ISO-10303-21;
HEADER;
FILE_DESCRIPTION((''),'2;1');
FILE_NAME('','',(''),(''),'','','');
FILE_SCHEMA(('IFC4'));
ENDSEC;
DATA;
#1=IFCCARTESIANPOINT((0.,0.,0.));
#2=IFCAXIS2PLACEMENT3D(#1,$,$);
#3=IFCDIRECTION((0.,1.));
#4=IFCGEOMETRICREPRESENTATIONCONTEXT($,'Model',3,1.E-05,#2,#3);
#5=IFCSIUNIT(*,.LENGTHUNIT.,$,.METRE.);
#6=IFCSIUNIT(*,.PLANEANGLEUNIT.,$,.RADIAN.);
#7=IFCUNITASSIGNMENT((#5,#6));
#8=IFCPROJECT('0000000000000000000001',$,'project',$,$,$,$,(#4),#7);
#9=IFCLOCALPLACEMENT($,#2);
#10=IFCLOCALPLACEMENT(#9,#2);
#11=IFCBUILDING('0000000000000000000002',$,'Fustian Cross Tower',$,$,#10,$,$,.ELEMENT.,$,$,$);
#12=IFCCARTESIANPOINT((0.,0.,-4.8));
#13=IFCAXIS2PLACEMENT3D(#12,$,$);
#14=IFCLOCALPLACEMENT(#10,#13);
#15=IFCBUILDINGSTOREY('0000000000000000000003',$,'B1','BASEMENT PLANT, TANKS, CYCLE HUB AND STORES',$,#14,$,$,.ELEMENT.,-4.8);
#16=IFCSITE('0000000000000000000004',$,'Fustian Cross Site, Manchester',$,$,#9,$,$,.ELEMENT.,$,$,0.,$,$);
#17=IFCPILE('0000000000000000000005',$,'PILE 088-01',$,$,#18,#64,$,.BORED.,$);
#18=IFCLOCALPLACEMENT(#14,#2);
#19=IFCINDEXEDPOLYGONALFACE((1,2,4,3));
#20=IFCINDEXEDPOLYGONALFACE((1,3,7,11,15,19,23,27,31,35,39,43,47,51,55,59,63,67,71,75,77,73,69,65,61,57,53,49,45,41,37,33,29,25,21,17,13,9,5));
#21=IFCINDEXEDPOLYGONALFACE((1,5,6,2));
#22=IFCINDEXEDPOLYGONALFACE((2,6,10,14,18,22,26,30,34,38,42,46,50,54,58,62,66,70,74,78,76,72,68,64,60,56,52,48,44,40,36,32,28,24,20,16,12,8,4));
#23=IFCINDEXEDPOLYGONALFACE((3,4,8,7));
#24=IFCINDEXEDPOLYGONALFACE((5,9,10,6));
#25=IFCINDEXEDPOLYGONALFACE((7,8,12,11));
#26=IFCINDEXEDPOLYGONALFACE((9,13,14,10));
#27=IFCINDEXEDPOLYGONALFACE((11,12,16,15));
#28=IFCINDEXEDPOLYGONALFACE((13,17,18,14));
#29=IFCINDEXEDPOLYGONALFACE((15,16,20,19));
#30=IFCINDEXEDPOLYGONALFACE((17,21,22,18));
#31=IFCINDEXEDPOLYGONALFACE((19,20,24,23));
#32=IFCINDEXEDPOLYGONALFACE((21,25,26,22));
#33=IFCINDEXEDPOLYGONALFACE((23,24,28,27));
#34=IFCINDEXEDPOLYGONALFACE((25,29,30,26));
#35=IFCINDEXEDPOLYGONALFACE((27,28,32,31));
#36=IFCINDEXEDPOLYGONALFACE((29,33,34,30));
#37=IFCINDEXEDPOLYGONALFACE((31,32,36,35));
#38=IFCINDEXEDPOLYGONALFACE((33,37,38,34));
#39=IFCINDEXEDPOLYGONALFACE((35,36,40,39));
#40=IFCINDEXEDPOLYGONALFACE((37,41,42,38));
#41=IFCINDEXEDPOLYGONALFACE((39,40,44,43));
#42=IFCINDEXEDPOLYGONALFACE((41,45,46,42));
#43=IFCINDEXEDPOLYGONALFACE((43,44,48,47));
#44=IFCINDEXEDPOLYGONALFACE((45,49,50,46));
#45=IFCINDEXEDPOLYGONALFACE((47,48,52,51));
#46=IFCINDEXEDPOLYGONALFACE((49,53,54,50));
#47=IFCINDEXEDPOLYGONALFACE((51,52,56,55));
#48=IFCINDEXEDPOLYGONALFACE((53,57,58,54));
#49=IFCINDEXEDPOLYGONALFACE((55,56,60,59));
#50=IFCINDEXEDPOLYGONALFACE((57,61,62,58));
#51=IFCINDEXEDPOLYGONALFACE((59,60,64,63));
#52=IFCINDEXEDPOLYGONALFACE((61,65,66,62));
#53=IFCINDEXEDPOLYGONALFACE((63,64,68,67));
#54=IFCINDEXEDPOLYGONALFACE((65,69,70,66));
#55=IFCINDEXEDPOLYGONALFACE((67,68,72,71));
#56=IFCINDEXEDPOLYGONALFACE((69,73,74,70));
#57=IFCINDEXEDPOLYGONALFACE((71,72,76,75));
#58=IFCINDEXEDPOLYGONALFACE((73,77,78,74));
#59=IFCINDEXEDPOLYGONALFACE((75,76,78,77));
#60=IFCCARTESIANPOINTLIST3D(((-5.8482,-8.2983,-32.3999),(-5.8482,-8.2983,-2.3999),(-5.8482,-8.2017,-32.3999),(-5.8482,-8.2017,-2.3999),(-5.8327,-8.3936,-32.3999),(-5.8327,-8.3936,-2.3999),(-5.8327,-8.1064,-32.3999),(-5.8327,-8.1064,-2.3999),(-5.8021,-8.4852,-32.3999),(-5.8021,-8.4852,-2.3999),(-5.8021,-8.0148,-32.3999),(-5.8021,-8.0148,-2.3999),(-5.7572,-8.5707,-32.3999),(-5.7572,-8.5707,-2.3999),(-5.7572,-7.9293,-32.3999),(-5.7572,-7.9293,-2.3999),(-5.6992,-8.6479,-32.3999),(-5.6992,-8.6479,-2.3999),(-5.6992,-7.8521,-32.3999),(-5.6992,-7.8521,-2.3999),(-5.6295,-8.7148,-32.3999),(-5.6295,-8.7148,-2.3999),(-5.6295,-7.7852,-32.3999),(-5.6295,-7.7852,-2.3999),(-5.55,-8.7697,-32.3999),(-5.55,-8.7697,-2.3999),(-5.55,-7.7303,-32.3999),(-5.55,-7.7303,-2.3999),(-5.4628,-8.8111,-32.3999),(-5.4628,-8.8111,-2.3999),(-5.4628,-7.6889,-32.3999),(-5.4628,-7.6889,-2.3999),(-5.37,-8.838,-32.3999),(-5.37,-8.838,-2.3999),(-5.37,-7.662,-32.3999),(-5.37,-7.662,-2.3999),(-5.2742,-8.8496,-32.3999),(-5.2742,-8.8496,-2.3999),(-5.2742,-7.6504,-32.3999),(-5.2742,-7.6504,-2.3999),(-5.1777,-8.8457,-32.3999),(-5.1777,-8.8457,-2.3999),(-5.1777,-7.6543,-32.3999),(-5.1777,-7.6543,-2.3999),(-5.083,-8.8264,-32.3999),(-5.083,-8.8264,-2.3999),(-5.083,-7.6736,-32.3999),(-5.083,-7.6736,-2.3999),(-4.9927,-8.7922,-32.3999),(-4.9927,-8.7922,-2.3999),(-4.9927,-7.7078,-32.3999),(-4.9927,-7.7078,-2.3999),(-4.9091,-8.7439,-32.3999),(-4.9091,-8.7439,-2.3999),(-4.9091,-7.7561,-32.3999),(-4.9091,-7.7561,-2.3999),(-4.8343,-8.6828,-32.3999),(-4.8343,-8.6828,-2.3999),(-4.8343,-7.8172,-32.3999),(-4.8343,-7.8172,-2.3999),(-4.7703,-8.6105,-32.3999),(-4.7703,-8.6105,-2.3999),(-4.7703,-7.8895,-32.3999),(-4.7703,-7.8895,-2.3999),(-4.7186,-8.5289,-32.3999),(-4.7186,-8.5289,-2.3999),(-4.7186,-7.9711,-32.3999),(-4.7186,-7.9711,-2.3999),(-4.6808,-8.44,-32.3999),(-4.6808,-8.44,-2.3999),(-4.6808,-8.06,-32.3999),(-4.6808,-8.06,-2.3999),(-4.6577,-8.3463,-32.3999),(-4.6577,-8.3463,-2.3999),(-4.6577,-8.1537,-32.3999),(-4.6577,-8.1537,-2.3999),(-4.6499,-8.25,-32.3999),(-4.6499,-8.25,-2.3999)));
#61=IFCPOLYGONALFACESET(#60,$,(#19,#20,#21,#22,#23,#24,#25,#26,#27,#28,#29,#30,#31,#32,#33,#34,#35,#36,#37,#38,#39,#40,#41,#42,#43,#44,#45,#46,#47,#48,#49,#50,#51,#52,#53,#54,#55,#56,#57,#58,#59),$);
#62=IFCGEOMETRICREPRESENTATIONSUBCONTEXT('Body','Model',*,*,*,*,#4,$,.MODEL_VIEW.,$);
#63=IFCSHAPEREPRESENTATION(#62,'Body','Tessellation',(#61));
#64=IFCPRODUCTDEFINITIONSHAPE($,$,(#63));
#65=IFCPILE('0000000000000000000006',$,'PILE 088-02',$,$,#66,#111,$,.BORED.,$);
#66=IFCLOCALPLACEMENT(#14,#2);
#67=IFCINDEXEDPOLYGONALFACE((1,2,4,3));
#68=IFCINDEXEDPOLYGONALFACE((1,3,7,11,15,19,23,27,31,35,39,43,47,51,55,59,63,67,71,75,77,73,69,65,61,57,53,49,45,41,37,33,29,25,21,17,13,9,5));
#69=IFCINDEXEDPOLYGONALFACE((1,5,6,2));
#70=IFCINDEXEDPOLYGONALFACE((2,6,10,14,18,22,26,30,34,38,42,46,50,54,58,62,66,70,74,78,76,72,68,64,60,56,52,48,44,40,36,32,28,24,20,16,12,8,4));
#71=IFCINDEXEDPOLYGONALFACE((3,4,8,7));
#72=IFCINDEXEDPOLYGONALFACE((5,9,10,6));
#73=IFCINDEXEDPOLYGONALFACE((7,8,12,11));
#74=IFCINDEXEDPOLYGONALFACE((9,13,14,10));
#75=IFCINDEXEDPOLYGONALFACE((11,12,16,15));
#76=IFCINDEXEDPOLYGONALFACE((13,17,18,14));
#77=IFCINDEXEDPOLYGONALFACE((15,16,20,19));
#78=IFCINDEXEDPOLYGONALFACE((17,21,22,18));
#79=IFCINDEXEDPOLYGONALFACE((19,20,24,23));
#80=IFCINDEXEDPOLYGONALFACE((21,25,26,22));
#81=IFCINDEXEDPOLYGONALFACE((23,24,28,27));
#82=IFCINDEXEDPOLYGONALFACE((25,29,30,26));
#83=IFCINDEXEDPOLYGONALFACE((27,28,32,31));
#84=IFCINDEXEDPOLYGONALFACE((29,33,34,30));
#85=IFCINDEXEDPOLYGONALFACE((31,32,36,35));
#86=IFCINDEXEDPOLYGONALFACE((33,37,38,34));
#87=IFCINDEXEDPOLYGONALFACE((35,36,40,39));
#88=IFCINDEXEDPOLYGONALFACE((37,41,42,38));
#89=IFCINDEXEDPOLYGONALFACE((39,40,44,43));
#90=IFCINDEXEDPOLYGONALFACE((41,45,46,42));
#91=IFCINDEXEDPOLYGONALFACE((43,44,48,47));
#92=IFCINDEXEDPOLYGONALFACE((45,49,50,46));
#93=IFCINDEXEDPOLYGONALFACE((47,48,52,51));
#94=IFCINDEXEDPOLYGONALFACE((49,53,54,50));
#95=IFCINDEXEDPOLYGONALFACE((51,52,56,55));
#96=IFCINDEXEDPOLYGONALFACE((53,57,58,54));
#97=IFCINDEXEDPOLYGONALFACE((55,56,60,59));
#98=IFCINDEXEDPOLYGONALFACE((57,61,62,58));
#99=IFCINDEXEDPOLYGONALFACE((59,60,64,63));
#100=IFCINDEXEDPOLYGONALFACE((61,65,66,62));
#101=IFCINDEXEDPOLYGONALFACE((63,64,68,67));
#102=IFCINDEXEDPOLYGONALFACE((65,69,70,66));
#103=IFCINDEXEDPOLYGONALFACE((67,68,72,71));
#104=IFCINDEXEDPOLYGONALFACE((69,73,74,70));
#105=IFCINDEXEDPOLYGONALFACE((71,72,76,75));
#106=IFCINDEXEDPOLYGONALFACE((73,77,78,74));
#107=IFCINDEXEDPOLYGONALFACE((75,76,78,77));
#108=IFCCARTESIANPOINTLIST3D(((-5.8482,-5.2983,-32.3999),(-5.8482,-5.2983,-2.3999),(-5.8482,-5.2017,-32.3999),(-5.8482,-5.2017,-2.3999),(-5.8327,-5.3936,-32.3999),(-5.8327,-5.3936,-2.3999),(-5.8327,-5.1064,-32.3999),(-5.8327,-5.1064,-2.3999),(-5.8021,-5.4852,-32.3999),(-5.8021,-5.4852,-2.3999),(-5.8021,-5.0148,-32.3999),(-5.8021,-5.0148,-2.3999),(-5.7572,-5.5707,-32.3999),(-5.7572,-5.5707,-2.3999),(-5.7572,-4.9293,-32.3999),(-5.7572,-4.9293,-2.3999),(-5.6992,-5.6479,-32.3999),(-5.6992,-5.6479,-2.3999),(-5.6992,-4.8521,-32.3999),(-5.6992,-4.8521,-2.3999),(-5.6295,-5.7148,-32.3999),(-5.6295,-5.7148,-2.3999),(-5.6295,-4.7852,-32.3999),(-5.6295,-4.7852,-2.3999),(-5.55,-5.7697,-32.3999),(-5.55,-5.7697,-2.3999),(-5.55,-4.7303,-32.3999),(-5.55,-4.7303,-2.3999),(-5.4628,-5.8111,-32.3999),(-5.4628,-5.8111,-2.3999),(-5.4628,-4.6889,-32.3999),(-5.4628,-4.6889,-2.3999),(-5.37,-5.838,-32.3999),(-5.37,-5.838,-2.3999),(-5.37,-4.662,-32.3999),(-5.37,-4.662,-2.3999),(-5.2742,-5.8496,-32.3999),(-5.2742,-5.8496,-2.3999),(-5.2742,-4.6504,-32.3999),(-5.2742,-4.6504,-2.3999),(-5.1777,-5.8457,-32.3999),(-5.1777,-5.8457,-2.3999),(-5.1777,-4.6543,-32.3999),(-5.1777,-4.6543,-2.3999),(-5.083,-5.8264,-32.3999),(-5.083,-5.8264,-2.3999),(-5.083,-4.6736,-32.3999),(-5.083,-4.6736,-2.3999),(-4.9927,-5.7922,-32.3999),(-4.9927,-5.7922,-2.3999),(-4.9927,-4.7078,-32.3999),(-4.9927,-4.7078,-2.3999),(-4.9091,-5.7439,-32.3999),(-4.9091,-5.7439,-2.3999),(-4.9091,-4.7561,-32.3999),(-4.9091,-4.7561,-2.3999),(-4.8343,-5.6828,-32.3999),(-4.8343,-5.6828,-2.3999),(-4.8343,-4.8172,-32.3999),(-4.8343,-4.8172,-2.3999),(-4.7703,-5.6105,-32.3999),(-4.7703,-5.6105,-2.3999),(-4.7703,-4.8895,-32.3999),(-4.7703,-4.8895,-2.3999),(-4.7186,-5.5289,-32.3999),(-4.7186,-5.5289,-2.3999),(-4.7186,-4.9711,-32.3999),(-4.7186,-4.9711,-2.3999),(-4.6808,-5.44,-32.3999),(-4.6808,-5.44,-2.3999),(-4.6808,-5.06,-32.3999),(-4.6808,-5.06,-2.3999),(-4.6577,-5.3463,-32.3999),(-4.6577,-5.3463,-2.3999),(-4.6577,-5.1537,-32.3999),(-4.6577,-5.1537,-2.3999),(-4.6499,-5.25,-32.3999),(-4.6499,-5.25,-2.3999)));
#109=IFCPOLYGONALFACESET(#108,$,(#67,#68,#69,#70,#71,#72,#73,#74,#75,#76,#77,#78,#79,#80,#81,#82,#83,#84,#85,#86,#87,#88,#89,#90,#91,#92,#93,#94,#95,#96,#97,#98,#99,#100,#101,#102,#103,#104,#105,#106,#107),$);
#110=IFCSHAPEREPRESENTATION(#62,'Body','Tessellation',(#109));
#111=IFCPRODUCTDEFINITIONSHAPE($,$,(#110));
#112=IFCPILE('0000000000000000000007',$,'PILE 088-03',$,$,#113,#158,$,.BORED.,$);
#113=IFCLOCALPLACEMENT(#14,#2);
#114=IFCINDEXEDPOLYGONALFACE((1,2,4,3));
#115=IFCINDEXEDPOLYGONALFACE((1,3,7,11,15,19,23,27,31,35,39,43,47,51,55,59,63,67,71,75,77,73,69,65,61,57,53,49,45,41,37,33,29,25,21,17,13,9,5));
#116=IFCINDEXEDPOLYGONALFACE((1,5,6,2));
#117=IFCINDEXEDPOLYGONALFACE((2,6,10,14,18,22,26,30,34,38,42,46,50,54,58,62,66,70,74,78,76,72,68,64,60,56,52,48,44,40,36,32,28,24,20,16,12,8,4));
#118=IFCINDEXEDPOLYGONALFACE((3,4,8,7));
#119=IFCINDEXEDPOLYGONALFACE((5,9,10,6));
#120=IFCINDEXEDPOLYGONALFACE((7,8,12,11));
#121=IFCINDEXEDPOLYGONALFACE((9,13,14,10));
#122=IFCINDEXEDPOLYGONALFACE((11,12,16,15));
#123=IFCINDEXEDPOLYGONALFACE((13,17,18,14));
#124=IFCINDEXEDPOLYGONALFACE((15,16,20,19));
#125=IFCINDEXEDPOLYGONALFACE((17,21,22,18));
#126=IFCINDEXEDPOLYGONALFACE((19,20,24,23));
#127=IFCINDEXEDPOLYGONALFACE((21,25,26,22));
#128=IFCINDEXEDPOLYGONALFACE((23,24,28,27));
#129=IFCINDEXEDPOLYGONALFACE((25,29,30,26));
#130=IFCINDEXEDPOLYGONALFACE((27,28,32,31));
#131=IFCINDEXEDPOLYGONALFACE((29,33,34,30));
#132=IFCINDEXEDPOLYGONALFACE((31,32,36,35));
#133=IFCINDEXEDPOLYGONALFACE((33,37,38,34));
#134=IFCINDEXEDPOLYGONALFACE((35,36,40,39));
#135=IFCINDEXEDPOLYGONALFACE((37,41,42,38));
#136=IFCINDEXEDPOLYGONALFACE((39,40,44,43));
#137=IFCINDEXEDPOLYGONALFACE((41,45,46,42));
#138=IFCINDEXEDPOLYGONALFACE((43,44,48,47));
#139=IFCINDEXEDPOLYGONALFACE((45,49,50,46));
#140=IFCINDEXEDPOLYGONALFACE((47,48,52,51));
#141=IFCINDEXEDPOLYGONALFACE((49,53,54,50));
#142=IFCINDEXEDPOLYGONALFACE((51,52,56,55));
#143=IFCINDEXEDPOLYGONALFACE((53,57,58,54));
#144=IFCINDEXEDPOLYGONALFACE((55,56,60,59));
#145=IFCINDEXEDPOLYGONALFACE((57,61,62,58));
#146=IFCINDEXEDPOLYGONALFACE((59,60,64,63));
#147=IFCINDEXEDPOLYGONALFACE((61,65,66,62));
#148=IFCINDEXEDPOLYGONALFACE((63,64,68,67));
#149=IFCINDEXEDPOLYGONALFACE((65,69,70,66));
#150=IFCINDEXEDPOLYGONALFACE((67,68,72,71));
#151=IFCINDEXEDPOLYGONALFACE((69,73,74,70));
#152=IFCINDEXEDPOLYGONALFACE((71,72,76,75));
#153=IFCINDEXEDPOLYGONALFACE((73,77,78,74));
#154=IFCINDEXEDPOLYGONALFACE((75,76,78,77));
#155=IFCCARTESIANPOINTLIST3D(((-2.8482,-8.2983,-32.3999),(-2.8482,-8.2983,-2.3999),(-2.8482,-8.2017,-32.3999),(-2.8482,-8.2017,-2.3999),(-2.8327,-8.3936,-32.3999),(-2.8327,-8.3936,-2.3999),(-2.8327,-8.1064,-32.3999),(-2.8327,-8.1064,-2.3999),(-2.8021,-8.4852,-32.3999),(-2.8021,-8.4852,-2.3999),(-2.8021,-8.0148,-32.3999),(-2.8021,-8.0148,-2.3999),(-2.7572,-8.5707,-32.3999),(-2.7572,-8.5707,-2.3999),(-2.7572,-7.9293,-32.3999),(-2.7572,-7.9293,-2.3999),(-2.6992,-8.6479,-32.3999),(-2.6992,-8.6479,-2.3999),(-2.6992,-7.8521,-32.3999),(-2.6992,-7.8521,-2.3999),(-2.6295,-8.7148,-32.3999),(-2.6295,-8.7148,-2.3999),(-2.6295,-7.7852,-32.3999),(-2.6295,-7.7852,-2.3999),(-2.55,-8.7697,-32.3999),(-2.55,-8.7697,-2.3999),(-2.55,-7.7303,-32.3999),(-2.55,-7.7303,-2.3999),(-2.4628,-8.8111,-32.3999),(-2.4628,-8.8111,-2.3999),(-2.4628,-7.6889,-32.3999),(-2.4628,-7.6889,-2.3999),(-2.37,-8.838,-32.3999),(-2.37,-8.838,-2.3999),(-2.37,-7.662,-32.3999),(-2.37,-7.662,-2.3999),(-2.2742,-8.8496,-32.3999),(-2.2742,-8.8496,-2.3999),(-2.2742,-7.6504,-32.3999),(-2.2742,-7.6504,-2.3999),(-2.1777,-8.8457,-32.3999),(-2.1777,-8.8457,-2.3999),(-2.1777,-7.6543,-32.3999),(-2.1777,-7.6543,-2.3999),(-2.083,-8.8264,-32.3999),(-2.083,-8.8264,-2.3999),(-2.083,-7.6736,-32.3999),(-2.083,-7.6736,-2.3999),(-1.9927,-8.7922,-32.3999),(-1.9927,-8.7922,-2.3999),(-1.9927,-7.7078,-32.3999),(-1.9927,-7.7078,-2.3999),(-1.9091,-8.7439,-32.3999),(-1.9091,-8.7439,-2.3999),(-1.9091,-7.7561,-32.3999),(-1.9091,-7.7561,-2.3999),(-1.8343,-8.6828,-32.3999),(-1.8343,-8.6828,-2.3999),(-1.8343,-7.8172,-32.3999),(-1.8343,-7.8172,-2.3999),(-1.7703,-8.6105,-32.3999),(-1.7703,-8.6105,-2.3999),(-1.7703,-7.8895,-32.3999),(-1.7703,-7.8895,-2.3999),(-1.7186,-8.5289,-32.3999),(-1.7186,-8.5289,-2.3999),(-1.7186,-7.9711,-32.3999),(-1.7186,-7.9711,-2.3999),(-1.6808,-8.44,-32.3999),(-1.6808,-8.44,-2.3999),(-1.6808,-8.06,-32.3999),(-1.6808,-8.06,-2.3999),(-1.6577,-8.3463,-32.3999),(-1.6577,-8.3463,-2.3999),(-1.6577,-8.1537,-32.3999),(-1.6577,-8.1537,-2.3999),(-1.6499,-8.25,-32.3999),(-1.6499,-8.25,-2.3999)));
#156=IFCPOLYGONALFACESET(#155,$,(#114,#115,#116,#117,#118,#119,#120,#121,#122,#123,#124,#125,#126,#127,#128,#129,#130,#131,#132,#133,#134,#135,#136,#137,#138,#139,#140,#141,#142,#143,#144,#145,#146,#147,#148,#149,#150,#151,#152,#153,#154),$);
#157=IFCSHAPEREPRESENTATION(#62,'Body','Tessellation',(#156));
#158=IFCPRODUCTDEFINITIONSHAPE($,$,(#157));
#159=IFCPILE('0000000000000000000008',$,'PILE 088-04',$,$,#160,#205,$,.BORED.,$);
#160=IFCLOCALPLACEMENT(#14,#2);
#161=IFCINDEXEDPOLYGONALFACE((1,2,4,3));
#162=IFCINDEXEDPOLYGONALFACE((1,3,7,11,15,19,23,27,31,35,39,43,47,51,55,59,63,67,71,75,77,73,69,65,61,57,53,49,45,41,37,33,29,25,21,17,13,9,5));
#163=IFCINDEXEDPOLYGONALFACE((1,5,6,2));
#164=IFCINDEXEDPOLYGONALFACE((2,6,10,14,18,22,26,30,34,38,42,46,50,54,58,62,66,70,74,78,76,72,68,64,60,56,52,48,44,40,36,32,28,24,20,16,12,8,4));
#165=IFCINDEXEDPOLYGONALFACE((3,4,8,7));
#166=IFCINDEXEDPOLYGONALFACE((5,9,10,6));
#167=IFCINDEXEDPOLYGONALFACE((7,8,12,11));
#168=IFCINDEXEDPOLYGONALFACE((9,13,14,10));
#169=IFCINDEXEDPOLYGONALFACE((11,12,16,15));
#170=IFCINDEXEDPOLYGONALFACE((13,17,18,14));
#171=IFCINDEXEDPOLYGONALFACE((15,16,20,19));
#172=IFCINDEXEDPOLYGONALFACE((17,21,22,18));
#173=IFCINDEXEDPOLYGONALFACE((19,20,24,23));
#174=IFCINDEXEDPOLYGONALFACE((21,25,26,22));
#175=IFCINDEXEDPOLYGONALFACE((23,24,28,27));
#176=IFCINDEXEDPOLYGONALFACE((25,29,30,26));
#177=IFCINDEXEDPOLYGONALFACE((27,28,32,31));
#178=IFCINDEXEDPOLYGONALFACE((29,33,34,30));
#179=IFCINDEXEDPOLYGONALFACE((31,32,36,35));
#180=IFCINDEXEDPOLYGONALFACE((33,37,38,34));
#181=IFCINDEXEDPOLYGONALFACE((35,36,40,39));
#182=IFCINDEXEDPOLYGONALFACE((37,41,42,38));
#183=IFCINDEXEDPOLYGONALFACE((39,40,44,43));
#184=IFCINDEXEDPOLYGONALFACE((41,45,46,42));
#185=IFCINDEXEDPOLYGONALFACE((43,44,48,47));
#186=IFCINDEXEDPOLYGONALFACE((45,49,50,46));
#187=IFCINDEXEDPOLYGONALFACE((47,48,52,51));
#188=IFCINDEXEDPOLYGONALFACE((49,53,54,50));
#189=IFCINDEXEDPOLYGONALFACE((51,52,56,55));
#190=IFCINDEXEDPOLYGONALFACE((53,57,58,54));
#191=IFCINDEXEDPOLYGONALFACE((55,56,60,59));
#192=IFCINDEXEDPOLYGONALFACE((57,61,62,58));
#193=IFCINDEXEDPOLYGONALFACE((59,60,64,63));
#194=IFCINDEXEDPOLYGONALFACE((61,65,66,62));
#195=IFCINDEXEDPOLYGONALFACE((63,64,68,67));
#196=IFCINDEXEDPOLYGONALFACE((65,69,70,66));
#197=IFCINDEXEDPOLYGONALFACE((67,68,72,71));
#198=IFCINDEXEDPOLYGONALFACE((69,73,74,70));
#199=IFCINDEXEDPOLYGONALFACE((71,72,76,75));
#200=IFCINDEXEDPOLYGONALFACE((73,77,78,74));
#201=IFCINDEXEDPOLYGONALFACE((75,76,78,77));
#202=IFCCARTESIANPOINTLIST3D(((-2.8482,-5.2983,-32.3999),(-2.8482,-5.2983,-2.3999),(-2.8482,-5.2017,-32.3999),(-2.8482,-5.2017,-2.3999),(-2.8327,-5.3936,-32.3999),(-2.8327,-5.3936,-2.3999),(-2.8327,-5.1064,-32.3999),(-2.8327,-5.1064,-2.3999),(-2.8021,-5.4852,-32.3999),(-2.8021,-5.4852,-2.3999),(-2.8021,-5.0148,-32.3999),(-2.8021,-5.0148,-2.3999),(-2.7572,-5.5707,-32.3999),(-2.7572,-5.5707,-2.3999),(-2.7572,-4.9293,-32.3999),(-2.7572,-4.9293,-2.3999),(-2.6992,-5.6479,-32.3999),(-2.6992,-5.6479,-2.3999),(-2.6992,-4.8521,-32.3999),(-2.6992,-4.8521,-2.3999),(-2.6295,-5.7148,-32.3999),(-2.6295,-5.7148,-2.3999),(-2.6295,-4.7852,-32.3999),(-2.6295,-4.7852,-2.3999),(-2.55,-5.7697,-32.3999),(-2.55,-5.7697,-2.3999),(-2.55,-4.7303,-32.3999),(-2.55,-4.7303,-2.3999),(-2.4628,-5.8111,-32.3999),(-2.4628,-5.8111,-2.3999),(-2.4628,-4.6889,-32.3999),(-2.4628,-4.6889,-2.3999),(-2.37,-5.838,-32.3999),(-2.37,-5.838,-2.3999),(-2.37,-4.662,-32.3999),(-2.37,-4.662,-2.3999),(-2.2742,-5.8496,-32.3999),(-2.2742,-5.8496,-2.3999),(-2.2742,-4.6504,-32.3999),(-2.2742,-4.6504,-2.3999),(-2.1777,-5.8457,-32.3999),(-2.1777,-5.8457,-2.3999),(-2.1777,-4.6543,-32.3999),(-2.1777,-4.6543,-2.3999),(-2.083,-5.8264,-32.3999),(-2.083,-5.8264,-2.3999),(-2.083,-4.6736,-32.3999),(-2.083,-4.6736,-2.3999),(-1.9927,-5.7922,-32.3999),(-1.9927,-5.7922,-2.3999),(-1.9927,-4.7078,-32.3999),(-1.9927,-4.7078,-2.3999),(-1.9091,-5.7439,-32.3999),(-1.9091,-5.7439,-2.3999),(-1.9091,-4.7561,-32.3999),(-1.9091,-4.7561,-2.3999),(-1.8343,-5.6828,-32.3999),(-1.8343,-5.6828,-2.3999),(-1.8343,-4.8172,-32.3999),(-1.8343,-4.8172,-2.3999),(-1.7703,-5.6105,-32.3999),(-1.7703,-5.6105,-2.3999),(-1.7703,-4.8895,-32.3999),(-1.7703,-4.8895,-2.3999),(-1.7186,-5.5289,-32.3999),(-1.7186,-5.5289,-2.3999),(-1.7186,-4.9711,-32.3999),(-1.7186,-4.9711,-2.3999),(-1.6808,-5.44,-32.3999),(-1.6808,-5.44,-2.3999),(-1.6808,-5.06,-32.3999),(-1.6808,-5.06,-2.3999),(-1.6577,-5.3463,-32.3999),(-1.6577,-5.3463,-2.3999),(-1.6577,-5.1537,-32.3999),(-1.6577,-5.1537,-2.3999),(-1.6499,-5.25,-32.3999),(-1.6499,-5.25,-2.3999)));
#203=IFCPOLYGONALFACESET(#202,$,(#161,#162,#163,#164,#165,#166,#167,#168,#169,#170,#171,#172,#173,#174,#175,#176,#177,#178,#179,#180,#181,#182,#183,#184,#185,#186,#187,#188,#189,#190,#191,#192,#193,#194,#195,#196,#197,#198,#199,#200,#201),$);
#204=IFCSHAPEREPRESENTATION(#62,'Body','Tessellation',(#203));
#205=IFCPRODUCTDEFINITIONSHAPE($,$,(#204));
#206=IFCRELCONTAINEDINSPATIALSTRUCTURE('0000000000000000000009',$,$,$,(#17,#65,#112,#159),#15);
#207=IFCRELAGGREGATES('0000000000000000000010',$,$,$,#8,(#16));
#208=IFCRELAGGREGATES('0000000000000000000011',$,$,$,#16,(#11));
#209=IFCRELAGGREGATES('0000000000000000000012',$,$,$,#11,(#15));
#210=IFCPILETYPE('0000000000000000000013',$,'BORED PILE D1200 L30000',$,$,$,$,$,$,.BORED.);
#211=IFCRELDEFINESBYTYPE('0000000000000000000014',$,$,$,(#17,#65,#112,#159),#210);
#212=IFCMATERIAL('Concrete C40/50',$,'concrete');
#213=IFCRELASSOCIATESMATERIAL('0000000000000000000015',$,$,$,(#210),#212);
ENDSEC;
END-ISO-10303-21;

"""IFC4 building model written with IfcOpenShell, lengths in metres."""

from ifc_helpers import new_model, si_unit, direction, frame, origin, origin_2d, place, context, subcontext, project, spatial, circle, extrude, material, material_profile, profile_set, type_object, element, save


model = new_model("IFC4")

# Units and contexts
model_context = context("Model", 3, precision=1e-05, world=origin(), true_north=direction((0.0, 1.0)))
body_context = subcontext(model_context, "Body", "Model", "MODEL_VIEW")
ifc_project = project(units=[si_unit("LENGTHUNIT", "METRE"), si_unit("PLANEANGLEUNIT", "RADIAN")], contexts=[model_context])

# Site, building, storey
site_placement = place(None, origin())
site = spatial("IfcSite", under=ifc_project, at=site_placement, Name="Fustian Cross Site, Manchester", CompositionType="ELEMENT", RefElevation=0.0)
building_placement = place(site_placement, origin())
building = spatial("IfcBuilding", under=site, at=building_placement, Name="Fustian Cross Tower", CompositionType="ELEMENT")
storey_placement = place(building_placement, frame((0.0, 0.0, -4.8)))
storey = spatial("IfcBuildingStorey", under=building, at=storey_placement, Name="B1", Description="BASEMENT PLANT, TANKS, CYCLE HUB AND STORES", CompositionType="ELEMENT", Elevation=-4.8)

# Piles
ifc_material_1 = material(Name="Concrete C40/50", Category="concrete")
ifc_material_profile_1 = material_profile(ifc_material_1, circle(Radius=0.6001, at=origin_2d()), Name="BORED PILE D1200 L30000")
ifc_profile_set_1 = profile_set([ifc_material_profile_1], Name="Concrete C40/50")
pile_type_1 = type_object("IfcPileType", Name="BORED PILE D1200 L30000", PredefinedType="BORED", material=ifc_profile_set_1)
for number, where, z_axis, x_axis, name in (
    (1, (-5.25, -8.25, -2.3999), (0.0, 0.0, -1.0), (1.0, 0.0, 0.0), "PILE 088-01"),
    (2, (-5.25, -5.25, -2.3999), (0.0, 0.0, -1.0), (1.0, 0.0, 0.0), "PILE 088-02"),
    (3, (-2.25, -8.25, -2.3999), (0.0, 0.0, -1.0), (1.0, 0.0, 0.0), "PILE 088-03"),
    (4, (-2.25, -5.25, -2.3999), (0.0, 0.0, -1.0), (1.0, 0.0, 0.0), "PILE 088-04"),
):
    element("IfcPile", number, at=place(storey_placement, frame(where, z_axis=z_axis, x_axis=x_axis)), inside=storey, type_object=pile_type_1, Name=name, PredefinedType="BORED", context=body_context, shape_type="SweptSolid", body=[
        extrude(circle(Radius=0.6001, at=origin_2d()), origin(), (0.0, 0.0, 1.0), 30.0),
    ])

save(model, "model.ifc")
